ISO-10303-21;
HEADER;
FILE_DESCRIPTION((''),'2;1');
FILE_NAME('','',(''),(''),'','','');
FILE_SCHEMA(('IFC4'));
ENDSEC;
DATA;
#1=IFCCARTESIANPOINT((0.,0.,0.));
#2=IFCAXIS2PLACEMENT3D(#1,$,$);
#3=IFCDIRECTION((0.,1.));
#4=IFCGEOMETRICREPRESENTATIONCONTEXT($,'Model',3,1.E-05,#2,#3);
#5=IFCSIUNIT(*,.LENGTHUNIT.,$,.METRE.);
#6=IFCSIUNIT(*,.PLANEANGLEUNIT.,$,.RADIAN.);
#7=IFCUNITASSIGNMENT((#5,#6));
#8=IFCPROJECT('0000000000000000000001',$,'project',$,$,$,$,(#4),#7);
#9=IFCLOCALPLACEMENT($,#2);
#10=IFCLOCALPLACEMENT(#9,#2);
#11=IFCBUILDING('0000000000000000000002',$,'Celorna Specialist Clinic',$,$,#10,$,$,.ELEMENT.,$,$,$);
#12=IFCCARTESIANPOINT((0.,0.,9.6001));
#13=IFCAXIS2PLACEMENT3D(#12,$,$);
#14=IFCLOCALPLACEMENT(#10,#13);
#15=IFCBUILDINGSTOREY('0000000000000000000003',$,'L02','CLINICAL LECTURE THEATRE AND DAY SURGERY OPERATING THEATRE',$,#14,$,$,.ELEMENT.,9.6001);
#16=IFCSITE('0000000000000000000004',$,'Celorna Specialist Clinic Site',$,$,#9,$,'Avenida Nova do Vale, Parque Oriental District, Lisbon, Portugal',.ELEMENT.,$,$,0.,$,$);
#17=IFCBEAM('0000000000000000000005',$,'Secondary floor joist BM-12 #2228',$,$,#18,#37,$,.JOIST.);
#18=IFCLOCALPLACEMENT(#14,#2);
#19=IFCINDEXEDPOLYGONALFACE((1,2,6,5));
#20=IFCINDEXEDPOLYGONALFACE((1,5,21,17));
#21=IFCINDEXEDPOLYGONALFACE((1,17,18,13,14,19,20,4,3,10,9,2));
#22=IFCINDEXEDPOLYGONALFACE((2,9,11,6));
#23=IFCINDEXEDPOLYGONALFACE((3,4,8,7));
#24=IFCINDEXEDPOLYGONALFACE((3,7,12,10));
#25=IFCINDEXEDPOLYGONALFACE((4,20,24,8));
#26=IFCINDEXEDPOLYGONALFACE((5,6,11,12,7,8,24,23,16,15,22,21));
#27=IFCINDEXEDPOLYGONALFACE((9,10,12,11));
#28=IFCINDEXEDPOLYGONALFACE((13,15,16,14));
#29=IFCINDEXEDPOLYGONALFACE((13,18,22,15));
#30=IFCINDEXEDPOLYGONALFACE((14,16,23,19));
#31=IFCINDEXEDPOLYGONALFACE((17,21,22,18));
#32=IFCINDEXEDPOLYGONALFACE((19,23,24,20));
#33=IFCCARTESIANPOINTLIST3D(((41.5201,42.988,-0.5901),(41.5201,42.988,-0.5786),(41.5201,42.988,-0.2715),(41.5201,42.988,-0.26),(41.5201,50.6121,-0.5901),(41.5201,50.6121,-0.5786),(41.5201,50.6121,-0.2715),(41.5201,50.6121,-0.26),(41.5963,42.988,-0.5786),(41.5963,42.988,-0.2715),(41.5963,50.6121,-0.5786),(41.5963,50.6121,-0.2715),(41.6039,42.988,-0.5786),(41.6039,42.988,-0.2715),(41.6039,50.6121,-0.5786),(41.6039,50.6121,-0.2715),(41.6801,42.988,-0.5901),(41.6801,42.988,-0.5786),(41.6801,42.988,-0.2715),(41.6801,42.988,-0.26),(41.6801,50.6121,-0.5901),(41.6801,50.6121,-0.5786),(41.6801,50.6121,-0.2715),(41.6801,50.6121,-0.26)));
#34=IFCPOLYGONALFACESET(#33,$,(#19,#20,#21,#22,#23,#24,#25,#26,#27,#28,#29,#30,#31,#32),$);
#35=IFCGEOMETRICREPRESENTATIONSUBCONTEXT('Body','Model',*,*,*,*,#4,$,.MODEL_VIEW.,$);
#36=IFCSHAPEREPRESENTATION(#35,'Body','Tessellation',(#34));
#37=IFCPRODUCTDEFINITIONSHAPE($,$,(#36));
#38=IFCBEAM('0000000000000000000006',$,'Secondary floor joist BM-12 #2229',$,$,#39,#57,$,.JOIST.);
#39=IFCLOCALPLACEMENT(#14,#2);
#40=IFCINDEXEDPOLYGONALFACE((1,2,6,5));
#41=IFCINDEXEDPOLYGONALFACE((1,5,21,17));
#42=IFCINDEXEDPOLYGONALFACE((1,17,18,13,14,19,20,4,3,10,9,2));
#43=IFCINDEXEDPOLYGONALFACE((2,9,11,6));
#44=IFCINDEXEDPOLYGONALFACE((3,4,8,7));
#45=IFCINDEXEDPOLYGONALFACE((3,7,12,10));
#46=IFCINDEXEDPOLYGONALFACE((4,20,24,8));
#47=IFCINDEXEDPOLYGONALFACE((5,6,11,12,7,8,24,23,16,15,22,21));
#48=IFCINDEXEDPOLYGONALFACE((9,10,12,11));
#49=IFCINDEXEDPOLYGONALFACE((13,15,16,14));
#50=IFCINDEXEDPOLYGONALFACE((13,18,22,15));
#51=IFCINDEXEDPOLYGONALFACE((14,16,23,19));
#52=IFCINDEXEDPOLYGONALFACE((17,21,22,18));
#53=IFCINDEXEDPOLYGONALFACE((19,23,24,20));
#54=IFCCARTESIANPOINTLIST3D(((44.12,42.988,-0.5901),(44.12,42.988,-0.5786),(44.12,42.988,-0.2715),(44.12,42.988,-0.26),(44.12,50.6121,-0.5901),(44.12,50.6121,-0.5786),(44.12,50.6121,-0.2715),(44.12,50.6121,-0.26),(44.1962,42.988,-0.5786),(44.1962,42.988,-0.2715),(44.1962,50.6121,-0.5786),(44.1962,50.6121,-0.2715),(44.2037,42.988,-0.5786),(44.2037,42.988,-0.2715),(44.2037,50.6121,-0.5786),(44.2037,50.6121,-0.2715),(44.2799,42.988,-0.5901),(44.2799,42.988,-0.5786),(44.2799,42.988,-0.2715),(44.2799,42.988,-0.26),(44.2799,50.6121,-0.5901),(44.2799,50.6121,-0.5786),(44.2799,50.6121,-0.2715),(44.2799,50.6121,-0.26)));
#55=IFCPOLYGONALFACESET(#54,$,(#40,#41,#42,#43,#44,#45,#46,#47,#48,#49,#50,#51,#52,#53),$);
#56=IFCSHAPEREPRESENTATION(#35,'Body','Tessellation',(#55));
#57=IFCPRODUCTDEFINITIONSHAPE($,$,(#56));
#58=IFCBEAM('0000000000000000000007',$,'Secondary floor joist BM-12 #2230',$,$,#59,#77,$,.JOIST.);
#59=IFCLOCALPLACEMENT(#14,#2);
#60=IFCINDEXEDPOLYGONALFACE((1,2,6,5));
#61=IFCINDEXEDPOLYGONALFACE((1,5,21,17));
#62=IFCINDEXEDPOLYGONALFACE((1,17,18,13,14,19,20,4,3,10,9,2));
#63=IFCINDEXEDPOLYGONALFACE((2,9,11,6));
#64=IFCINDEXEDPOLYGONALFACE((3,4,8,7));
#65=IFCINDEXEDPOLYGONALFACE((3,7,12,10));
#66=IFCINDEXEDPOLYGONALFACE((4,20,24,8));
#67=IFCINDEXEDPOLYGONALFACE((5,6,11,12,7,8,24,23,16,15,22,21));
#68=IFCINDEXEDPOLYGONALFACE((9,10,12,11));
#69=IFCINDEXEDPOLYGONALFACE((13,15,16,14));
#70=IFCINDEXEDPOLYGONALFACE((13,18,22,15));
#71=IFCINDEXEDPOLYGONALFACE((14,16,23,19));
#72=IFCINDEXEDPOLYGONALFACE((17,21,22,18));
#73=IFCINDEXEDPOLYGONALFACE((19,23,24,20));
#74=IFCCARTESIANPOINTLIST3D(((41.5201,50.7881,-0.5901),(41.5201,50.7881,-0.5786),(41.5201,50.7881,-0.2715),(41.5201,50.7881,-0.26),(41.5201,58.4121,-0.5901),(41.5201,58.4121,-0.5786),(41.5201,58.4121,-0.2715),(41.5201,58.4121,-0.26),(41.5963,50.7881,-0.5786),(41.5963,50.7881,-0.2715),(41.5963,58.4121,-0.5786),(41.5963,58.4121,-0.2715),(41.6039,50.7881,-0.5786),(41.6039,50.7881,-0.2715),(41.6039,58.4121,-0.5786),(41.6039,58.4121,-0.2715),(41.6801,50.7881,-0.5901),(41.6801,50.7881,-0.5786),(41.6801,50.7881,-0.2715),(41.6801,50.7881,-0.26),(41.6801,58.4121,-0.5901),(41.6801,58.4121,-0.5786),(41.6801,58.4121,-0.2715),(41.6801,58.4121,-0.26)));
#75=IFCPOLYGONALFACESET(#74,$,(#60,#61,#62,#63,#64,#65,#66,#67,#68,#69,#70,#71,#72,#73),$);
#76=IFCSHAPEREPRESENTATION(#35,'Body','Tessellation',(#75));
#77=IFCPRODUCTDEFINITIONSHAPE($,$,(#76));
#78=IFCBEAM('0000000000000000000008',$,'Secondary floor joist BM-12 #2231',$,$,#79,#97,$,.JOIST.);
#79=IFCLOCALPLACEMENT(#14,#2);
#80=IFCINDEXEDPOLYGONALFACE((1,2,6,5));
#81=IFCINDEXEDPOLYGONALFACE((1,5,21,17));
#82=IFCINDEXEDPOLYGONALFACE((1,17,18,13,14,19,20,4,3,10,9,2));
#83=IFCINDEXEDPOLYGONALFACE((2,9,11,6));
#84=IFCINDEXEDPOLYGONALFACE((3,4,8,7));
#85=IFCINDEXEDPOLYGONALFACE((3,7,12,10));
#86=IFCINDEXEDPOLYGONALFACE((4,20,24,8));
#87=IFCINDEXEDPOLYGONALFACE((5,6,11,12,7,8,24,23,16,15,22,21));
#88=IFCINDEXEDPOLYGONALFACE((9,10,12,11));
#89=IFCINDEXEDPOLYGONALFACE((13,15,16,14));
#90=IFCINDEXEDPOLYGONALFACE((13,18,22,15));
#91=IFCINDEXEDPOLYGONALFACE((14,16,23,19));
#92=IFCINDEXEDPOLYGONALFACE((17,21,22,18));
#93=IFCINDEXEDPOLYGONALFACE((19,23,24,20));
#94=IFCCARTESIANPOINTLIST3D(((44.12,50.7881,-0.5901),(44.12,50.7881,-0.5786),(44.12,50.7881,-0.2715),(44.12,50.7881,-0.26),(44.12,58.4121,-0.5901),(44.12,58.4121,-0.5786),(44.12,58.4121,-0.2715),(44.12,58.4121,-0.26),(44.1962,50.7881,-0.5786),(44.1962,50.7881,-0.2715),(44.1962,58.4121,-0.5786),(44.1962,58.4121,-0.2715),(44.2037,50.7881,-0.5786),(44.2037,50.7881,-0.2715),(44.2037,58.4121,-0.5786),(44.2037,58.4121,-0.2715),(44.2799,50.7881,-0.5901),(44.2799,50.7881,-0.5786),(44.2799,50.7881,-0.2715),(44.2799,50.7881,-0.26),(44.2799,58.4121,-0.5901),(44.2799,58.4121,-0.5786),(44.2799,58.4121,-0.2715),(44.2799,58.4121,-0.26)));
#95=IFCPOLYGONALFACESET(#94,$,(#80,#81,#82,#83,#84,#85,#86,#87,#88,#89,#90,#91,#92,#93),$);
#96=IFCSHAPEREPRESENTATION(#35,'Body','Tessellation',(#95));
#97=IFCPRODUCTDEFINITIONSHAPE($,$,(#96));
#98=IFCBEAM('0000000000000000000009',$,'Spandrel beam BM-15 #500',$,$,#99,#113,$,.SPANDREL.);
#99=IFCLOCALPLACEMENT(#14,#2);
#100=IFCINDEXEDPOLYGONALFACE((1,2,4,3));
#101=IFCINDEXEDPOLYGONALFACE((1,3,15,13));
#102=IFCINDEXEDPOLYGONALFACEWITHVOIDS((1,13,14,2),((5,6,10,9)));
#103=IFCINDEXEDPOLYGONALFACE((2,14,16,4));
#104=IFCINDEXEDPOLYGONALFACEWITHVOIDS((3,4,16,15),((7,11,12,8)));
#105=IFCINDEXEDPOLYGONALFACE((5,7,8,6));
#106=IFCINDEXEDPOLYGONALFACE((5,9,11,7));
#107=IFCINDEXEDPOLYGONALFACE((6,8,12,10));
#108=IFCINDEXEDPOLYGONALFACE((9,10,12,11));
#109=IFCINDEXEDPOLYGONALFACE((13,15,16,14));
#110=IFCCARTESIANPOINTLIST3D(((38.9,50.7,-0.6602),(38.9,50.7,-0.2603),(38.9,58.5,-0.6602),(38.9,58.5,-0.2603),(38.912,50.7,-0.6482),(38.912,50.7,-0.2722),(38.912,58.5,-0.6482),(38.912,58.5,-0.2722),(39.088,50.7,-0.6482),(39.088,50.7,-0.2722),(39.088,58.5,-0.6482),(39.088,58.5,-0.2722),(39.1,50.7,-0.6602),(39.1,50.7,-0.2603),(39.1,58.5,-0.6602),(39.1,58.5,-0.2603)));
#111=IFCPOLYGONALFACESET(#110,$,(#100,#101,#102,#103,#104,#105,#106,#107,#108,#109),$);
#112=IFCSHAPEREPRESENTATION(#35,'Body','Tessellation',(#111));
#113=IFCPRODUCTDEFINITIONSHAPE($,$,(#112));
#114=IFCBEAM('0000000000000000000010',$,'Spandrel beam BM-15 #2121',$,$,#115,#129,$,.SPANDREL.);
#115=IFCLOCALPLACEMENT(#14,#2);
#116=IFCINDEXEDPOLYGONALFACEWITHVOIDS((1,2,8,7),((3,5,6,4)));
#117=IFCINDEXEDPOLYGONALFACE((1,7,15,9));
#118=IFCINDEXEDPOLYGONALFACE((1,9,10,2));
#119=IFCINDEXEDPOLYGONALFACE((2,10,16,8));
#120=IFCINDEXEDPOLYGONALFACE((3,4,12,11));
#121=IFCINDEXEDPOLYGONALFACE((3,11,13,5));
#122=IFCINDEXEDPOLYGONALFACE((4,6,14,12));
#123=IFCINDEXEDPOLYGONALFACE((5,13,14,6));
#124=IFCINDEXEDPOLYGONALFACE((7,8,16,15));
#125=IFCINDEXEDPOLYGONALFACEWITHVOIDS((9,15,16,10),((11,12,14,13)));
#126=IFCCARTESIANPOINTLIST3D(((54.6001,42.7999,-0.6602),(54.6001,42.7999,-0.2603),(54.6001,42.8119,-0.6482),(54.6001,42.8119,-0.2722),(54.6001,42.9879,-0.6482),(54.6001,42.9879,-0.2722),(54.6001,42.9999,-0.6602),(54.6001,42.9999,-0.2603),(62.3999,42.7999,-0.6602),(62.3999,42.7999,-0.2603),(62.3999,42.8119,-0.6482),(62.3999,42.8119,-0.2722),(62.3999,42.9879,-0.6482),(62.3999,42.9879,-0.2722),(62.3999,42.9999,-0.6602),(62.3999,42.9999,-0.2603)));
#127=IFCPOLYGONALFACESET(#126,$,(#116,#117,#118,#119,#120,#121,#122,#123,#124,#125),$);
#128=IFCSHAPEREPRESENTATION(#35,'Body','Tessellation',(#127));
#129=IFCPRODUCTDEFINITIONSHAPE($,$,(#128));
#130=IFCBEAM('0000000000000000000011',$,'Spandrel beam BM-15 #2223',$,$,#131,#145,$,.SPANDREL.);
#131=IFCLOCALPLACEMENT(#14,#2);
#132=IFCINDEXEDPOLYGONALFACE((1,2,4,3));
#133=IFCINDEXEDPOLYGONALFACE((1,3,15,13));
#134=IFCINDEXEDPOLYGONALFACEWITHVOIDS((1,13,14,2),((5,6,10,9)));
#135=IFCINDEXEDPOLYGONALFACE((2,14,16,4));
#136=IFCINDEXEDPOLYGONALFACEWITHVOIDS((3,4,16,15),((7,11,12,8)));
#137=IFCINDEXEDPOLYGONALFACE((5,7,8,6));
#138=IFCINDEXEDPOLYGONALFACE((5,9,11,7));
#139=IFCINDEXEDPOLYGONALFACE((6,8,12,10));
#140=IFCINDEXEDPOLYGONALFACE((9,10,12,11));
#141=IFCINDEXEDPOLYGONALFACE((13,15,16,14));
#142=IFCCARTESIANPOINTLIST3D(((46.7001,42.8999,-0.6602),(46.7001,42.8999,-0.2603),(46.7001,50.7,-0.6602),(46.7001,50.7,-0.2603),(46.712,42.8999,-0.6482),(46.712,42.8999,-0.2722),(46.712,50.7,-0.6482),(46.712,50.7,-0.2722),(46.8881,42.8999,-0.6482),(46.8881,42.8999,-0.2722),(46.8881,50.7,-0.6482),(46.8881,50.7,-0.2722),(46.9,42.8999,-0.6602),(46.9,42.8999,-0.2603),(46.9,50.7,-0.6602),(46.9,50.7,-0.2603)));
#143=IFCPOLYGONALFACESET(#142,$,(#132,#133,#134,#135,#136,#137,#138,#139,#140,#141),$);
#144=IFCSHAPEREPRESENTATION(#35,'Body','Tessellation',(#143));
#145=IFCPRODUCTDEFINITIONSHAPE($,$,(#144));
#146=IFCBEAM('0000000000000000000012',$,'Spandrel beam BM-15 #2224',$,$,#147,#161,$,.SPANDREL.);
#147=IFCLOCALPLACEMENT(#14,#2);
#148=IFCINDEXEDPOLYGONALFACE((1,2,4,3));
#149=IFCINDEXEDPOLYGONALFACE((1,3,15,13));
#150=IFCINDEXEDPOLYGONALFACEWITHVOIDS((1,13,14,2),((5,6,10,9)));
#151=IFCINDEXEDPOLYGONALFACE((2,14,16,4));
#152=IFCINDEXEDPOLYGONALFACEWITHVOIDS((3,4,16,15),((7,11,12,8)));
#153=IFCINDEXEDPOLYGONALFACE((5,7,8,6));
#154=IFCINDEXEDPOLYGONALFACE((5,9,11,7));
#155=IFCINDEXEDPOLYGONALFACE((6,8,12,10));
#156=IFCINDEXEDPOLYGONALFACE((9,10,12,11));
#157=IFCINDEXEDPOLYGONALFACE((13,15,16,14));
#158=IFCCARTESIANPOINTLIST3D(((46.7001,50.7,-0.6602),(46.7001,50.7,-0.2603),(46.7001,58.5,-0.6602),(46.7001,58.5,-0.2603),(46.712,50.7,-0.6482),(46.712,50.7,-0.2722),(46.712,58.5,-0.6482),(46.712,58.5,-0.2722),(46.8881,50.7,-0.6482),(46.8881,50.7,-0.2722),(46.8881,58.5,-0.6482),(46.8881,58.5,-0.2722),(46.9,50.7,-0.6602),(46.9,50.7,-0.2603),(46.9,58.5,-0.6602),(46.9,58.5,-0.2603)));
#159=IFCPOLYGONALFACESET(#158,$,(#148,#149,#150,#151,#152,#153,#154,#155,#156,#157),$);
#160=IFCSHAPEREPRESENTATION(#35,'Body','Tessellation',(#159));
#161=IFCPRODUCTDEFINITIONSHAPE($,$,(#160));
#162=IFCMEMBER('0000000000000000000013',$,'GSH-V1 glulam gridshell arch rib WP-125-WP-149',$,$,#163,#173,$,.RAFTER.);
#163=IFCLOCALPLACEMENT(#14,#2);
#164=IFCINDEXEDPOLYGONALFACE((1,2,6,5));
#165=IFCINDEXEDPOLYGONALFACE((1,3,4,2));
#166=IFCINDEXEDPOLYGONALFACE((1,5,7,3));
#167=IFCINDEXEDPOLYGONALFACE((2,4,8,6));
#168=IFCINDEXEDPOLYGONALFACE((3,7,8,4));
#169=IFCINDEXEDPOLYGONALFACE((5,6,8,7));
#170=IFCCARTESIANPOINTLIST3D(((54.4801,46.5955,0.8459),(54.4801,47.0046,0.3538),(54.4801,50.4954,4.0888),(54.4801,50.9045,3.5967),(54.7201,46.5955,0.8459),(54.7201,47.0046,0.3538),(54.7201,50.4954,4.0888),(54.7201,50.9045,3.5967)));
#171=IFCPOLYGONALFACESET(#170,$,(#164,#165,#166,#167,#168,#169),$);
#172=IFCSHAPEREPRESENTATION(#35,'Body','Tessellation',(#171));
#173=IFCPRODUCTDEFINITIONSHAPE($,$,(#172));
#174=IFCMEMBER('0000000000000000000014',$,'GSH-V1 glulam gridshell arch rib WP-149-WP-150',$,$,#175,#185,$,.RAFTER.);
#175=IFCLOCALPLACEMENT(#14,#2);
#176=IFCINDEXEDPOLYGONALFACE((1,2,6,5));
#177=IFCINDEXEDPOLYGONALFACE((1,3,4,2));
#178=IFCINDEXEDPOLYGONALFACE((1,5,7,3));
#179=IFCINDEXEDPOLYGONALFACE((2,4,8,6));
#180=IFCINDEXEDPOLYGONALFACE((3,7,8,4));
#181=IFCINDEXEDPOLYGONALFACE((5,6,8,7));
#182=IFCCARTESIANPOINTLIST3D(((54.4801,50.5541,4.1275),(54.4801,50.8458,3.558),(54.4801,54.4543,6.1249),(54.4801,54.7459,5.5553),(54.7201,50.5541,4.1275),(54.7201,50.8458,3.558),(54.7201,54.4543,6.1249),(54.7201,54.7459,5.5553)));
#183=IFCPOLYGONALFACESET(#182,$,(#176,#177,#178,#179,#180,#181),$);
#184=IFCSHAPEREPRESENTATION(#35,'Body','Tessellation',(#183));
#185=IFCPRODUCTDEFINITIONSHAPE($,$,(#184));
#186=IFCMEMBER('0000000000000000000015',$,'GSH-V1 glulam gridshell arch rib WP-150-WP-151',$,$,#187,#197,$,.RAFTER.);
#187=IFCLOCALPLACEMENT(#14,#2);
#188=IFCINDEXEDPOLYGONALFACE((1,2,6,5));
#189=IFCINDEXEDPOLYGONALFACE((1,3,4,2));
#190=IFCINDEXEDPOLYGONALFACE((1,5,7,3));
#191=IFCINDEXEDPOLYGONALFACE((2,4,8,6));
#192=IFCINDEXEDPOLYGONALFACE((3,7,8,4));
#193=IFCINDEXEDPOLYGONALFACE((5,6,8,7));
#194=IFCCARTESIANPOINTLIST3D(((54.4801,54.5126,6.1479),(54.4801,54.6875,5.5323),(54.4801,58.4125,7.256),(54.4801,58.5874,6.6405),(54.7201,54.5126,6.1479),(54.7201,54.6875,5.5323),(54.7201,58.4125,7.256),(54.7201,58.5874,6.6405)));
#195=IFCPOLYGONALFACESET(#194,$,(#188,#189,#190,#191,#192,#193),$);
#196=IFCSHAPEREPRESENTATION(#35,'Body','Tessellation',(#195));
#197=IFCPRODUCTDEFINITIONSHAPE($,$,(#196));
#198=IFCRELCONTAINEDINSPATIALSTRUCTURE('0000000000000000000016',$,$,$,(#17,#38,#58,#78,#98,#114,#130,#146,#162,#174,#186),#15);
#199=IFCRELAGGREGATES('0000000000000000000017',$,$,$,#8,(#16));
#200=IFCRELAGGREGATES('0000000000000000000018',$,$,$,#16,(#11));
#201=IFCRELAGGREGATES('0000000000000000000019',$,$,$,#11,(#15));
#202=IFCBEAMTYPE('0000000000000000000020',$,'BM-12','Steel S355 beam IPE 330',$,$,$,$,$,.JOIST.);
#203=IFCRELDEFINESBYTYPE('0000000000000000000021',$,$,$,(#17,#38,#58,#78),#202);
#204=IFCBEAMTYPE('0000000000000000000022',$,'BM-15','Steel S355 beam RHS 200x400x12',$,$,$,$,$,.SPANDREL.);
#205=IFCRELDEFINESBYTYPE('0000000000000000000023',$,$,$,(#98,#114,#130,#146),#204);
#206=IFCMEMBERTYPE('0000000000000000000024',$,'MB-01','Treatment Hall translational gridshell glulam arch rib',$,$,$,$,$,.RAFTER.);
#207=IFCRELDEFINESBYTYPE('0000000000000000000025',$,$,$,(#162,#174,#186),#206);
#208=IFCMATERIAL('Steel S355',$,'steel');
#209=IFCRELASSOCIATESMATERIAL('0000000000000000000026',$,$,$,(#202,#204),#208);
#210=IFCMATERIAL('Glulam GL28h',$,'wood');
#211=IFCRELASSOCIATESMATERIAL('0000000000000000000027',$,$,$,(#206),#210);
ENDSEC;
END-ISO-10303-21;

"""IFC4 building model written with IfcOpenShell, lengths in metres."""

from ifc_helpers import new_model, si_unit, direction, frame, origin, origin_2d, place, context, subcontext, project, spatial, rectangle, hollow_rectangle, i_section, extrude, material, material_profile, profile_set, type_object, element, save


model = new_model("IFC4")

# Units and contexts
model_context = context("Model", 3, precision=1e-05, world=origin(), true_north=direction((0.0, 1.0)))
body_context = subcontext(model_context, "Body", "Model", "MODEL_VIEW")
ifc_project = project(units=[si_unit("LENGTHUNIT", "METRE"), si_unit("PLANEANGLEUNIT", "RADIAN")], contexts=[model_context])

# Site, building, storey
site_placement = place(None, origin())
site = spatial("IfcSite", under=ifc_project, at=site_placement, Name="Celorna Specialist Clinic Site", LongName="Avenida Nova do Vale, Parque Oriental District, Lisbon, Portugal", CompositionType="ELEMENT", RefElevation=0.0)
building_placement = place(site_placement, origin())
building = spatial("IfcBuilding", under=site, at=building_placement, Name="Celorna Specialist Clinic", CompositionType="ELEMENT")
storey_placement = place(building_placement, frame((0.0, 0.0, 9.6001)))
storey = spatial("IfcBuildingStorey", under=building, at=storey_placement, Name="L02", Description="CLINICAL LECTURE THEATRE AND DAY SURGERY OPERATING THEATRE", CompositionType="ELEMENT", Elevation=9.6001)

# Shared definitions
ifc_material_1 = material(Name="Steel S355", Category="steel")

# Beams
ifc_material_profile_1 = material_profile(ifc_material_1, i_section(OverallWidth=0.1599, OverallDepth=0.3301, WebThickness=0.0076, FlangeThickness=0.0115, at=origin_2d()), Name="IPE 330")
ifc_profile_set_1 = profile_set([ifc_material_profile_1], Name="Steel S355")
beam_type_1 = type_object("IfcBeamType", Name="BM-12", Description="Steel S355 beam IPE 330", PredefinedType="JOIST", material=ifc_profile_set_1)
for number, where, z_axis, x_axis, name in (
    (1, (41.6001, 42.988, -0.425), (0.0, 1.0, 0.0), (-1.0, 0.0, 0.0), "Secondary floor joist BM-12 #2228"),
    (2, (44.2, 42.988, -0.425), (0.0, 1.0, 0.0), (-1.0, 0.0, 0.0), "Secondary floor joist BM-12 #2229"),
    (3, (41.6001, 50.7881, -0.425), (0.0, 1.0, 0.0), (-1.0, 0.0, 0.0), "Secondary floor joist BM-12 #2230"),
    (4, (44.2, 50.7881, -0.425), (0.0, 1.0, 0.0), (-1.0, 0.0, 0.0), "Secondary floor joist BM-12 #2231"),
):
    element("IfcBeam", number, at=place(storey_placement, frame(where, z_axis=z_axis, x_axis=x_axis)), inside=storey, type_object=beam_type_1, Name=name, PredefinedType="JOIST", context=body_context, shape_type="SweptSolid", body=[
        extrude(i_section(OverallWidth=0.1599, OverallDepth=0.3301, WebThickness=0.0076, FlangeThickness=0.0115, at=origin_2d()), origin(), (0.0, 0.0, 1.0), 7.624),
    ])
ifc_material_profile_2 = material_profile(ifc_material_1, hollow_rectangle(XDim=0.2, YDim=0.3999, WallThickness=0.012, at=origin_2d()), Name="RHS 200x400x12")
ifc_profile_set_2 = profile_set([ifc_material_profile_2], Name="Steel S355")
beam_type_2 = type_object("IfcBeamType", Name="BM-15", Description="Steel S355 beam RHS 200x400x12", PredefinedType="SPANDREL", material=ifc_profile_set_2)
beam_1_placement = place(storey_placement, frame((39.0, 50.7, -0.4602), z_axis=(0.0, 1.0, 0.0), x_axis=(-1.0, 0.0, 0.0)))
element("IfcBeam", 5, at=beam_1_placement, inside=storey, type_object=beam_type_2, Name="Spandrel beam BM-15 #500", PredefinedType="SPANDREL", context=body_context, shape_type="SweptSolid", body=[
    extrude(hollow_rectangle(XDim=0.2, YDim=0.3999, WallThickness=0.012, at=origin_2d()), origin(), (0.0, 0.0, 1.0), 7.8),
])
beam_2_placement = place(storey_placement, frame((54.6001, 42.8999, -0.4602), z_axis=(1.0, 0.0, 0.0), x_axis=(0.0, 1.0, 0.0)))
element("IfcBeam", 6, at=beam_2_placement, inside=storey, type_object=beam_type_2, Name="Spandrel beam BM-15 #2121", PredefinedType="SPANDREL", context=body_context, shape_type="SweptSolid", body=[
    extrude(hollow_rectangle(XDim=0.2, YDim=0.3999, WallThickness=0.012, at=origin_2d()), origin(), (0.0, 0.0, 1.0), 7.7998),
])
for number, where, z_axis, x_axis, name in (
    (7, (46.8, 42.8999, -0.4602), (0.0, 1.0, 0.0), (-1.0, 0.0, 0.0), "Spandrel beam BM-15 #2223"),
    (8, (46.8, 50.7, -0.4602), (0.0, 1.0, 0.0), (-1.0, 0.0, 0.0), "Spandrel beam BM-15 #2224"),
):
    element("IfcBeam", number, at=place(storey_placement, frame(where, z_axis=z_axis, x_axis=x_axis)), inside=storey, type_object=beam_type_2, Name=name, PredefinedType="SPANDREL", context=body_context, shape_type="SweptSolid", body=[
        extrude(hollow_rectangle(XDim=0.2, YDim=0.3999, WallThickness=0.012, at=origin_2d()), origin(), (0.0, 0.0, 1.0), 7.8),
    ])

# Members
ifc_material_2 = material(Name="Glulam GL28h", Category="wood")
ifc_material_profile_3 = material_profile(ifc_material_2, rectangle(XDim=0.24, YDim=0.6399, at=origin_2d()), Name="GL28h 240x640")
ifc_profile_set_3 = profile_set([ifc_material_profile_3], Name="Glulam GL28h")
member_type_1 = type_object("IfcMemberType", Name="MB-01", Description="Treatment Hall translational gridshell glulam arch rib", PredefinedType="RAFTER", material=ifc_profile_set_3)
member_1_placement = place(storey_placement, frame((54.6001, 46.8, 0.5999), z_axis=(0.0, 0.768899, 0.63937), x_axis=(-1.0, 0.0, 0.0)))
element("IfcMember", 9, at=member_1_placement, inside=storey, type_object=member_type_1, Name="GSH-V1 glulam gridshell arch rib WP-125-WP-149", PredefinedType="RAFTER", context=body_context, shape_type="SweptSolid", body=[
    extrude(rectangle(XDim=0.24, YDim=0.6399, at=origin_2d()), origin(), (0.0, 0.0, 1.0), 5.072),
])
member_2_placement = place(storey_placement, frame((54.6001, 50.7, 3.8428), z_axis=(0.0, 0.890073, 0.455818), x_axis=(-1.0, 0.0, 0.0)))
element("IfcMember", 10, at=member_2_placement, inside=storey, type_object=member_type_1, Name="GSH-V1 glulam gridshell arch rib WP-149-WP-150", PredefinedType="RAFTER", context=body_context, shape_type="SweptSolid", body=[
    extrude(rectangle(XDim=0.24, YDim=0.6399, at=origin_2d()), origin(), (0.0, 0.0, 1.0), 4.3818),
])
member_3_placement = place(storey_placement, frame((54.6001, 54.6001, 5.8401), z_axis=(0.0, 0.961921, 0.273329), x_axis=(-1.0, 0.0, 0.0)))
element("IfcMember", 11, at=member_3_placement, inside=storey, type_object=member_type_1, Name="GSH-V1 glulam gridshell arch rib WP-150-WP-151", PredefinedType="RAFTER", context=body_context, shape_type="SweptSolid", body=[
    extrude(rectangle(XDim=0.24, YDim=0.6399, at=origin_2d()), origin(), (0.0, 0.0, 1.0), 4.0542),
])

save(model, "model.ifc")
